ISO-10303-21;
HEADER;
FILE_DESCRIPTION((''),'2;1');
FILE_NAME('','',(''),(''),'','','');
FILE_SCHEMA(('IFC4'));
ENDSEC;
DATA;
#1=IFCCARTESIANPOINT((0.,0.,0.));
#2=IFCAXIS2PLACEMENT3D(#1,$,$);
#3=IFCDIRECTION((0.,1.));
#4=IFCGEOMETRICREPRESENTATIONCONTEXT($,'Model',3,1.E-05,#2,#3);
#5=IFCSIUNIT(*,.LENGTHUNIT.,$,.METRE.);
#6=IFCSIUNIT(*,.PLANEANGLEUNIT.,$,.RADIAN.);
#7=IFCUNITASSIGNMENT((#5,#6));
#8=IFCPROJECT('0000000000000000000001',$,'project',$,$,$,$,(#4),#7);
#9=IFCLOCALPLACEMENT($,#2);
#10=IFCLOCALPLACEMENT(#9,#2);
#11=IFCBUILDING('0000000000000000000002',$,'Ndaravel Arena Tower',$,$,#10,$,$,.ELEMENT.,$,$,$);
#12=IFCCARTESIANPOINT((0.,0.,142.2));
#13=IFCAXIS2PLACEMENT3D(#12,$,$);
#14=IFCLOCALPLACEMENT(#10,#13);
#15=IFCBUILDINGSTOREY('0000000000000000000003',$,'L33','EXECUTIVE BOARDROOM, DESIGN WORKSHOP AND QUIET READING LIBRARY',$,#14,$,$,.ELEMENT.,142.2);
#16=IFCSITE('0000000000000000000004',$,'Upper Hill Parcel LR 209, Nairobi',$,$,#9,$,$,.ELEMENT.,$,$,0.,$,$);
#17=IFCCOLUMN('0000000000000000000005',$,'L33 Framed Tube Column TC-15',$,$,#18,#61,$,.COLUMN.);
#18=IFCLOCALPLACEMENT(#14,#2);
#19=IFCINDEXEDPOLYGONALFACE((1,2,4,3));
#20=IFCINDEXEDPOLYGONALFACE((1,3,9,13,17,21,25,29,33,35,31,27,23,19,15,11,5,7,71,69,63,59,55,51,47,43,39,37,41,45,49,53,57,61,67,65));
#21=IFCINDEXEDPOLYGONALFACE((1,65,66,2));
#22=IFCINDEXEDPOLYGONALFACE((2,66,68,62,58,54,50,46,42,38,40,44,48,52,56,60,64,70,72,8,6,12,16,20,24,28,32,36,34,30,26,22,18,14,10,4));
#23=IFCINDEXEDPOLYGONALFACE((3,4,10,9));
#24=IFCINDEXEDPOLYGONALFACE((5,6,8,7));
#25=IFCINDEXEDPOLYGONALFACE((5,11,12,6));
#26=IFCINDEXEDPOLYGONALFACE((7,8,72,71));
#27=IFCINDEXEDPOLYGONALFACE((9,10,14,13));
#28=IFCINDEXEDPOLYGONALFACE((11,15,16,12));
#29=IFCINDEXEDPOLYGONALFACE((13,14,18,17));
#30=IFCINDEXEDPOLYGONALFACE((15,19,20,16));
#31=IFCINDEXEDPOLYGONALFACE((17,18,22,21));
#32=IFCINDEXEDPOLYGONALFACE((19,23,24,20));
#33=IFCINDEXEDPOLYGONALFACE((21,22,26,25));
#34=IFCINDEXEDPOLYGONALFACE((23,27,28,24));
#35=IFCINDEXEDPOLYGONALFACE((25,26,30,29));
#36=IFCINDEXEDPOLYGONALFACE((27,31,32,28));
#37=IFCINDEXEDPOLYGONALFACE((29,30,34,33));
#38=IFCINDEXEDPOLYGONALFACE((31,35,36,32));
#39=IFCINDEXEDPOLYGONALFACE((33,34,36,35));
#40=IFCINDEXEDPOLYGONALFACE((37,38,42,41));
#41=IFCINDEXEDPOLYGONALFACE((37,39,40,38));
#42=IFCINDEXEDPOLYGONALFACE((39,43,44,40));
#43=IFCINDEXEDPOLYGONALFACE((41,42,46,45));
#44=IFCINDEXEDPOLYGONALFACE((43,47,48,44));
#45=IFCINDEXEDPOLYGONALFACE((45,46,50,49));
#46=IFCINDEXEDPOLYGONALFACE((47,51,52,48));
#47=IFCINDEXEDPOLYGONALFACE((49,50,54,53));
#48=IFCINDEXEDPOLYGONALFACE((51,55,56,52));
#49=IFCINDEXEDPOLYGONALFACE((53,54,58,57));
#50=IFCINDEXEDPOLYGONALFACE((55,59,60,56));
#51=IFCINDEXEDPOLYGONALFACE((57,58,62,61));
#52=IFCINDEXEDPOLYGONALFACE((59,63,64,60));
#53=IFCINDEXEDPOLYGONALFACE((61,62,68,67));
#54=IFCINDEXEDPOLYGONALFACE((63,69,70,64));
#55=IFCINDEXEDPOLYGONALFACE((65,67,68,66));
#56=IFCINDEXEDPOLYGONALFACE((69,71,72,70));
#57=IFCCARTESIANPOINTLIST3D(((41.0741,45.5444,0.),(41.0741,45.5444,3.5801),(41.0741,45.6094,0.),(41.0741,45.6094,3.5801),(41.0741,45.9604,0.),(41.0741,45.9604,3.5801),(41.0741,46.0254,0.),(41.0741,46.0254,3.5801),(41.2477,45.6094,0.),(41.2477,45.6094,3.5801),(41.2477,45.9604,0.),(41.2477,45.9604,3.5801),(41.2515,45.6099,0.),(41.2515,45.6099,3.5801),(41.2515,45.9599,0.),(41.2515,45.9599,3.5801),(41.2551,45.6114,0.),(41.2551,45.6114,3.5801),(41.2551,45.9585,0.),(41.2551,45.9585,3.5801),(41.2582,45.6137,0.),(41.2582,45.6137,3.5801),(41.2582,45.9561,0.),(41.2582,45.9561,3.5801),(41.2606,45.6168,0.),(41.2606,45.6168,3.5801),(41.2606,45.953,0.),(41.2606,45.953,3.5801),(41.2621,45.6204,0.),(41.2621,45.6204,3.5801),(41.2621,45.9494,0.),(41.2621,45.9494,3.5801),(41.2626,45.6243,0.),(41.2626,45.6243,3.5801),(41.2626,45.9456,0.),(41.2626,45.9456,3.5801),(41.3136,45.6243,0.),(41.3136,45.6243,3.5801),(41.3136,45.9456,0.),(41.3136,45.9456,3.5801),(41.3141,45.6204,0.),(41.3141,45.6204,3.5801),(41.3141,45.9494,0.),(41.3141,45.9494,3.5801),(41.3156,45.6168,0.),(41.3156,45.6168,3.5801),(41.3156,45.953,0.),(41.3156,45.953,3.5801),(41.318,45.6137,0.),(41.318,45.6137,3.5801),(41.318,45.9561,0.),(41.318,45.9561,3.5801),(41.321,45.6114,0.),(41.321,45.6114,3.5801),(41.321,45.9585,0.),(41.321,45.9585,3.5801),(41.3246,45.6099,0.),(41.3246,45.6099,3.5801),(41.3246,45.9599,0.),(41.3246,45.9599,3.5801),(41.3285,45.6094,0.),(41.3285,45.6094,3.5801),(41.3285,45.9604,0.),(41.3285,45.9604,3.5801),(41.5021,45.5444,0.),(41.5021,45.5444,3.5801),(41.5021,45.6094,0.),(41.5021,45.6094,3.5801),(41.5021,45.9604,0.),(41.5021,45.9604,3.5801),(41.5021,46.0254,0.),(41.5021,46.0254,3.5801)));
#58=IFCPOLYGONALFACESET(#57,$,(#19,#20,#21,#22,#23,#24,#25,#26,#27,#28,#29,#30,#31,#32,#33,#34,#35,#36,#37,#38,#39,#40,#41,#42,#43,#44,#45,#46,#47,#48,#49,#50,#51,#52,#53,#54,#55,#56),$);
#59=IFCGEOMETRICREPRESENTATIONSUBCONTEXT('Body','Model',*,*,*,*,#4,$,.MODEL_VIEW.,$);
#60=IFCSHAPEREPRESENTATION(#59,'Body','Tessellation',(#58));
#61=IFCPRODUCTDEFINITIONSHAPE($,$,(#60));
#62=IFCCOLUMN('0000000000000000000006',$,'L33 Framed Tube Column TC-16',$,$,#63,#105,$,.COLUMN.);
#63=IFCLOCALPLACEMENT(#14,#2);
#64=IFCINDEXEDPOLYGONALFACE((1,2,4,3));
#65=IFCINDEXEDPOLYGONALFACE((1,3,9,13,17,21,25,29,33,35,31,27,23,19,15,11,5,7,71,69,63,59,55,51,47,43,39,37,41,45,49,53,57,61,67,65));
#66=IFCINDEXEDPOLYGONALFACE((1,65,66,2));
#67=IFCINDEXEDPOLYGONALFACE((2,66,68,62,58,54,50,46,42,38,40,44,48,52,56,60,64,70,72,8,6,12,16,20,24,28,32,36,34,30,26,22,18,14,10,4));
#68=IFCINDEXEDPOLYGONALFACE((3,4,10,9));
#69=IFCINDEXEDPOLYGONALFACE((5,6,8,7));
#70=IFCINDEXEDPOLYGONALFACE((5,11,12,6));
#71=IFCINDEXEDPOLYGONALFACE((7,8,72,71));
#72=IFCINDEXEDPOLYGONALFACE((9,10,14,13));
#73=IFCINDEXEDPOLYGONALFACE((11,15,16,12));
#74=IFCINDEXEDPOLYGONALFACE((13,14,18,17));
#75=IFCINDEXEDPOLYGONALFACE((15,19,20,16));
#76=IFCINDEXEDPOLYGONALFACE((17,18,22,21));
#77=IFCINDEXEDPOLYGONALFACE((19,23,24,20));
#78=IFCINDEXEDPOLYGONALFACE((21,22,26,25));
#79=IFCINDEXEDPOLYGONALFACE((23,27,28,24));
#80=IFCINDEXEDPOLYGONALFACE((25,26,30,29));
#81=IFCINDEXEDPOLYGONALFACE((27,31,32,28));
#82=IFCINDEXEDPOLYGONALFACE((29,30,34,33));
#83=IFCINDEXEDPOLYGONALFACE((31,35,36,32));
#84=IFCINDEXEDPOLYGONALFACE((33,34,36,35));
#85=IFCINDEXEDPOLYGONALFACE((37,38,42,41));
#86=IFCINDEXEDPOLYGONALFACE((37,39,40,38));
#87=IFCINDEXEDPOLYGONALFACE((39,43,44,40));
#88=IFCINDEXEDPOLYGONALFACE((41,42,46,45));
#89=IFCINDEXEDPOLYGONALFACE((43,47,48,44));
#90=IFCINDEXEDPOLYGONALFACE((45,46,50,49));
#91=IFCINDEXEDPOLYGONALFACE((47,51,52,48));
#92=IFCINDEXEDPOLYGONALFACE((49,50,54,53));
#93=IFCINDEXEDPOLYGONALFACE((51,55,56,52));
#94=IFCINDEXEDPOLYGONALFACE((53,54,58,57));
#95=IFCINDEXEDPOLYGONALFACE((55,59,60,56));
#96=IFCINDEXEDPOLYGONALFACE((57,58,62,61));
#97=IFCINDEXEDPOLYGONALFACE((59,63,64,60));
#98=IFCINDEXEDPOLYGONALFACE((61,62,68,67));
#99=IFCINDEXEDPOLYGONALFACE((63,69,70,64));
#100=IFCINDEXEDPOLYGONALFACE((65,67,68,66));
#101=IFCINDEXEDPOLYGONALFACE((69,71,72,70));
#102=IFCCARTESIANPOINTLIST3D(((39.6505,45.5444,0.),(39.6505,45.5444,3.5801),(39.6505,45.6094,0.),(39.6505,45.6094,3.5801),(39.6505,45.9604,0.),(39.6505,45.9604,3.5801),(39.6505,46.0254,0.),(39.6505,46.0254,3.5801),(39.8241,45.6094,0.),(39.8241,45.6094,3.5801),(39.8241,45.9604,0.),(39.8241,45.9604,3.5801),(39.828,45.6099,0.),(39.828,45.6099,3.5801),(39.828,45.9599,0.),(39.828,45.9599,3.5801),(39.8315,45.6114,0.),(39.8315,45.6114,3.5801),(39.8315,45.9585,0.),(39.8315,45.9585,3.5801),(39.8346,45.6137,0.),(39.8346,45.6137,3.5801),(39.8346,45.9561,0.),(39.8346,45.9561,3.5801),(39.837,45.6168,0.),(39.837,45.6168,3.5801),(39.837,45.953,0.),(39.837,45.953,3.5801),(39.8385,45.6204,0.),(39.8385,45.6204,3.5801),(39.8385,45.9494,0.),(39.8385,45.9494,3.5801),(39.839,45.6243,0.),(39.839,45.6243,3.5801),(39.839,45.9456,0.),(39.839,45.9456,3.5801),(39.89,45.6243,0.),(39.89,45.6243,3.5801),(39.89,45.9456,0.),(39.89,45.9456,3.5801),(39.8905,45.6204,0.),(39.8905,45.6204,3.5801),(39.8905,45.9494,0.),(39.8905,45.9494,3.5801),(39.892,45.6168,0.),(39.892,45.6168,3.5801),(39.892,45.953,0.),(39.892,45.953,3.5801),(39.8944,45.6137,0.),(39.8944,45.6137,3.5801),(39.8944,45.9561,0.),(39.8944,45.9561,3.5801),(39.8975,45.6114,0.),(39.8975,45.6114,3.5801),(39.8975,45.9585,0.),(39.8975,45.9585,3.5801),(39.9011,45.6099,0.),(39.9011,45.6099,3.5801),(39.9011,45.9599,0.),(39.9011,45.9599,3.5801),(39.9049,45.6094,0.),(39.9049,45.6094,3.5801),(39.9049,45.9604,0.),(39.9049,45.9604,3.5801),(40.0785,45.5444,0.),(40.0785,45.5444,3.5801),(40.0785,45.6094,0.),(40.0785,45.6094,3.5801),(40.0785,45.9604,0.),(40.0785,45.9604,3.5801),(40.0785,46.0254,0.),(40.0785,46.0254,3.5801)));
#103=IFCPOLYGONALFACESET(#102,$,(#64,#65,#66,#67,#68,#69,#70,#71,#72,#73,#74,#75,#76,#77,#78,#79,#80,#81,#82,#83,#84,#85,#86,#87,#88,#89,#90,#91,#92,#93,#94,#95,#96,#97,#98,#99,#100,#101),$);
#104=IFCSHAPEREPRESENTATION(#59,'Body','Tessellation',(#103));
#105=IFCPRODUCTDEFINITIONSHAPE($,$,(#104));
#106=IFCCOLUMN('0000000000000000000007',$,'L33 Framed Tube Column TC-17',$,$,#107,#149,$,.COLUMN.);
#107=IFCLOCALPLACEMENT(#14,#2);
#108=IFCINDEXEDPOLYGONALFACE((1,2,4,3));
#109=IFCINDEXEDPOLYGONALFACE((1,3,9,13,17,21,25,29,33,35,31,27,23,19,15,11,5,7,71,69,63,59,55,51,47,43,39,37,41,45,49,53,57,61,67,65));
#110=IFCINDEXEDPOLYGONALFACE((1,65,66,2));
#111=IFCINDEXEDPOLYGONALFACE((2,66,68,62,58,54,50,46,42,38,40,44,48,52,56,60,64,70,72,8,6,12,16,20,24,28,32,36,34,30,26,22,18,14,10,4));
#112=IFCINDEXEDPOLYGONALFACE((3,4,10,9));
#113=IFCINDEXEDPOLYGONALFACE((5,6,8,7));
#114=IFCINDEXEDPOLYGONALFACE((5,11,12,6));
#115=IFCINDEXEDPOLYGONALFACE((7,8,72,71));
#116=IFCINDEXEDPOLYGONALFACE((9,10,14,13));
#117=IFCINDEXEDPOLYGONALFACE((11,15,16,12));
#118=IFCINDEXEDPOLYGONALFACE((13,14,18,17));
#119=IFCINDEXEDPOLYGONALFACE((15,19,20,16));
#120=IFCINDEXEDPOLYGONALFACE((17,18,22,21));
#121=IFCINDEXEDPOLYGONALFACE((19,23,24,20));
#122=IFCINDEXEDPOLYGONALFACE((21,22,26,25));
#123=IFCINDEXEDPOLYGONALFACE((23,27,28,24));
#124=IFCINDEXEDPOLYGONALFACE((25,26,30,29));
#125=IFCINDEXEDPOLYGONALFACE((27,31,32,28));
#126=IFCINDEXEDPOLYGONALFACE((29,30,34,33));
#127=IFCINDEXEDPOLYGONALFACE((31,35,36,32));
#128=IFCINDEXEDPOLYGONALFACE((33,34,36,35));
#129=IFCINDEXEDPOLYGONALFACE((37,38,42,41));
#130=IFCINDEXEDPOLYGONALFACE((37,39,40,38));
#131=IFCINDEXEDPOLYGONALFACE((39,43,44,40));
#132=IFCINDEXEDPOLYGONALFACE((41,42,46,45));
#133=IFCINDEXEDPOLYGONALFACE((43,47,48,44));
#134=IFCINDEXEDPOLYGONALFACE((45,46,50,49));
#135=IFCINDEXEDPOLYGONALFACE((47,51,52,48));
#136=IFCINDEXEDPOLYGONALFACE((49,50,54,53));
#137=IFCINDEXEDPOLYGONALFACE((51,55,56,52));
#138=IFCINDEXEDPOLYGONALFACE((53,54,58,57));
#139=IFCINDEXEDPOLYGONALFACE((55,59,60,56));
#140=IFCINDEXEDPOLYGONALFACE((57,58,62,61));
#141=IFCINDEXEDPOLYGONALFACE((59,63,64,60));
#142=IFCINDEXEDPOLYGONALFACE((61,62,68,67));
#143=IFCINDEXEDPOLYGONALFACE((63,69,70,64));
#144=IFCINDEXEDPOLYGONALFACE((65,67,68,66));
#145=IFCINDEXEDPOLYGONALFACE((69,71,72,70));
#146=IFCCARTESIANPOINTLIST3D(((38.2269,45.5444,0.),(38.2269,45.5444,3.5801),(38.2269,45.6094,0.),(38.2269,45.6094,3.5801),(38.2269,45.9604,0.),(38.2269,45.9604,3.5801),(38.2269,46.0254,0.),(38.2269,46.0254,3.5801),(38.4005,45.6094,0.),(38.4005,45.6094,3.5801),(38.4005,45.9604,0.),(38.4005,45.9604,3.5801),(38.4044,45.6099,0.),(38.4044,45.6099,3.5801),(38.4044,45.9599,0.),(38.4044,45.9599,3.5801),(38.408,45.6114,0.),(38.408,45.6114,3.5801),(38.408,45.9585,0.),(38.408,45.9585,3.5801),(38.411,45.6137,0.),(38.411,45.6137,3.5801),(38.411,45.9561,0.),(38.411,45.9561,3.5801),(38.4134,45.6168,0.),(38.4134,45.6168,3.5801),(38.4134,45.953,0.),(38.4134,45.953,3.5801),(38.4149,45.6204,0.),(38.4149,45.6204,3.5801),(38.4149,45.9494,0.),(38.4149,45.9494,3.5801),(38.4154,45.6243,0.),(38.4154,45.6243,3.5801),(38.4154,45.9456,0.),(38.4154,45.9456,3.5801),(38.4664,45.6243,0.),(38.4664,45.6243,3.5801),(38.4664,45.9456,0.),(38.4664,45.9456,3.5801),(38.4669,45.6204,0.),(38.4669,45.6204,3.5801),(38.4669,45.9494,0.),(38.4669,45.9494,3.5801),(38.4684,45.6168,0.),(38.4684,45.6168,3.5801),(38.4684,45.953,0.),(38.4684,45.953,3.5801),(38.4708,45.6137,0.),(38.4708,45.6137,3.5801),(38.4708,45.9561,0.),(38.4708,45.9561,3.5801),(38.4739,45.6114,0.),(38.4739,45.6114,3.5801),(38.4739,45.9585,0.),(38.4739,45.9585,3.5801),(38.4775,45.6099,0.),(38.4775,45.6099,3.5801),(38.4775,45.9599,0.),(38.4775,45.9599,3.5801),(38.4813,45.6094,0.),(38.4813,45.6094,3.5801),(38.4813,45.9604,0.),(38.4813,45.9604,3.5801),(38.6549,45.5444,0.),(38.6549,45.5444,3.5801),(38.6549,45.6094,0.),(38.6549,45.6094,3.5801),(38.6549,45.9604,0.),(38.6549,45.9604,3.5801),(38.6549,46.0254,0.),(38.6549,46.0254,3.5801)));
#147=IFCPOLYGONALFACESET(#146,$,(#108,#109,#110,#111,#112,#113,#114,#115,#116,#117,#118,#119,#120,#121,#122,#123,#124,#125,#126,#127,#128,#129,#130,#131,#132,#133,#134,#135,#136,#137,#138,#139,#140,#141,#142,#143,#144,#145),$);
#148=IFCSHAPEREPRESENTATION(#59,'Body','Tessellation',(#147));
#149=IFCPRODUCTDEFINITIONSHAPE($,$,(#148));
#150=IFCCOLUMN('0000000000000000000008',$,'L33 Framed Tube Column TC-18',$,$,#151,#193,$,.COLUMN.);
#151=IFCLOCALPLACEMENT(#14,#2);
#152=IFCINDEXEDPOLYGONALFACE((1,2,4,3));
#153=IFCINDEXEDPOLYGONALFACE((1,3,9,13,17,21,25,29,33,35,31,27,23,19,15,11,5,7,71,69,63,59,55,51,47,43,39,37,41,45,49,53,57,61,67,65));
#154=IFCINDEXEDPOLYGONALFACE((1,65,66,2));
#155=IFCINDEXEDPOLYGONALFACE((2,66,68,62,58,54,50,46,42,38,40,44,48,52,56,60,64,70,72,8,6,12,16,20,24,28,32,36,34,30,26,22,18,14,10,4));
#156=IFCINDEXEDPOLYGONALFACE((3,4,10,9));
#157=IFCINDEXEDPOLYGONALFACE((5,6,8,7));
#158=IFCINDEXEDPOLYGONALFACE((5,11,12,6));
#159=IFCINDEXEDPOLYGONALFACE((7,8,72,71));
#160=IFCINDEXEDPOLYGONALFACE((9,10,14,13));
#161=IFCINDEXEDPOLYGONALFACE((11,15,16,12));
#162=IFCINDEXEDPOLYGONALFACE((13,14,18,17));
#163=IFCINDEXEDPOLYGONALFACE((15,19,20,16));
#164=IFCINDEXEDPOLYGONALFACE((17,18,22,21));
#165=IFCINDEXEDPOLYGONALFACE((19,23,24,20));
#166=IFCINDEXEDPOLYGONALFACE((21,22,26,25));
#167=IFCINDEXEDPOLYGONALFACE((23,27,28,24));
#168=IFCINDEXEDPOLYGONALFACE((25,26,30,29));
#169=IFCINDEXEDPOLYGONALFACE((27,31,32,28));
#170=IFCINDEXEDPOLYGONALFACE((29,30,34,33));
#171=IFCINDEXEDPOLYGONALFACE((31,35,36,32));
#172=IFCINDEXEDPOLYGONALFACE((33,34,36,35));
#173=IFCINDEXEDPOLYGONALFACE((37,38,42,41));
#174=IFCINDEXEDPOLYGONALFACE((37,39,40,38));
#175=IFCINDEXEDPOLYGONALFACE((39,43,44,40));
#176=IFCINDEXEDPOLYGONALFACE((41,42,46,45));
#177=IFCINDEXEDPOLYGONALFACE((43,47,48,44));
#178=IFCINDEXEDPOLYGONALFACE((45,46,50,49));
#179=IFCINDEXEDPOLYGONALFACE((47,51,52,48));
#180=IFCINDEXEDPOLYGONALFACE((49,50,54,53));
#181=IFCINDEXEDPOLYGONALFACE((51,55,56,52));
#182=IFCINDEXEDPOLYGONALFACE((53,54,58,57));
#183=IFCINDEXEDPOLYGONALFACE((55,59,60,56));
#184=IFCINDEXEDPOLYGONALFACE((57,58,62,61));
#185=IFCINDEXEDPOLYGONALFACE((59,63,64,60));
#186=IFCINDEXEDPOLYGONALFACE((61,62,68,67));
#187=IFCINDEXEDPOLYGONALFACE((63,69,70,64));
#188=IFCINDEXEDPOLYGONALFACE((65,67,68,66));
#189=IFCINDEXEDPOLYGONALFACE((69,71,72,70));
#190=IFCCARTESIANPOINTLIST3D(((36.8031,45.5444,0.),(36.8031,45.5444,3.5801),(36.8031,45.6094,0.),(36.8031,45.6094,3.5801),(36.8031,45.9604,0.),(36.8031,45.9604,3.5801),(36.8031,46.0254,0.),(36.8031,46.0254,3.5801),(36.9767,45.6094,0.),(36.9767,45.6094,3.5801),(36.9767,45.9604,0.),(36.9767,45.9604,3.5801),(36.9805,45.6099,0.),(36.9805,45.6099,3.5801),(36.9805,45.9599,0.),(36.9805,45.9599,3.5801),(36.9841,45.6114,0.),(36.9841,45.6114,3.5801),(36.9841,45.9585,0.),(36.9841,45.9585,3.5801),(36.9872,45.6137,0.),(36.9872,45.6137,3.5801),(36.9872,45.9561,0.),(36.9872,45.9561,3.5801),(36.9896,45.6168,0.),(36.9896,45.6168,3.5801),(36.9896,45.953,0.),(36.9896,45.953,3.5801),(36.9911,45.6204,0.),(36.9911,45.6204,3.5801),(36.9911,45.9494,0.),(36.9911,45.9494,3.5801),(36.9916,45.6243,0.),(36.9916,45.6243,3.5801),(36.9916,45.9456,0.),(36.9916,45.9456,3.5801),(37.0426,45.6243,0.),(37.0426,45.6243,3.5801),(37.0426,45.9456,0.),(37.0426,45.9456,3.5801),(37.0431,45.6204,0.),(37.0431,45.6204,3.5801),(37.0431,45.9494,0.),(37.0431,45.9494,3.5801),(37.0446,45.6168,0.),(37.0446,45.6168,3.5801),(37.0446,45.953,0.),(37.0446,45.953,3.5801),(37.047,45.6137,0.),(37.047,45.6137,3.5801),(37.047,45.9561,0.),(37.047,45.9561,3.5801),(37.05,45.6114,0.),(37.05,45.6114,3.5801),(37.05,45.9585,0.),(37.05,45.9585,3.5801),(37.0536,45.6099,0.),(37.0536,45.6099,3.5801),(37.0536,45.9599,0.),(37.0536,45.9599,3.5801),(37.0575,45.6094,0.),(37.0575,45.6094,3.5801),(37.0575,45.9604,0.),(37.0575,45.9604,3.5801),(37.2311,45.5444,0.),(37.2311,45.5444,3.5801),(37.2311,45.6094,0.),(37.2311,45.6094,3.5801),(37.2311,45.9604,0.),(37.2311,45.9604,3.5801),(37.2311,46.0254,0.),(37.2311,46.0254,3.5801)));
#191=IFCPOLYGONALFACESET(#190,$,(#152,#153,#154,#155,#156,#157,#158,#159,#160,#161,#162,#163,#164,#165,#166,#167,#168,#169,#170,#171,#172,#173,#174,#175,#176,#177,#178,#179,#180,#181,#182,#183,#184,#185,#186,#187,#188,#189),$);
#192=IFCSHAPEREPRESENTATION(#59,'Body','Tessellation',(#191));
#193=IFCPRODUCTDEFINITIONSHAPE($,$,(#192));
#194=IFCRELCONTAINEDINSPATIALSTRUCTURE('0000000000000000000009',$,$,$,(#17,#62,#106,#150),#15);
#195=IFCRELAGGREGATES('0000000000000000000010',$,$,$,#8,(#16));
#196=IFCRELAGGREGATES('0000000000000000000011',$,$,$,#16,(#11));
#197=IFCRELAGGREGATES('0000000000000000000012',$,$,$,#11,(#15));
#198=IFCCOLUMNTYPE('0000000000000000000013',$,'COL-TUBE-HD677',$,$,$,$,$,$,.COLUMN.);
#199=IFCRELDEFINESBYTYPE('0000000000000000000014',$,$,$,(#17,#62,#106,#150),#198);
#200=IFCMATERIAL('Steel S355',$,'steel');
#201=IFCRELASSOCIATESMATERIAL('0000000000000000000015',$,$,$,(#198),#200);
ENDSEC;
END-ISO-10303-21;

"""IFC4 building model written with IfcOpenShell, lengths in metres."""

from ifc_helpers import new_model, si_unit, direction, frame, origin, origin_2d, place, context, subcontext, project, spatial, i_section, extrude, material, material_profile, profile_set, type_object, element, save


model = new_model("IFC4")

# Units and contexts
model_context = context("Model", 3, precision=1e-05, world=origin(), true_north=direction((0.0, 1.0)))
body_context = subcontext(model_context, "Body", "Model", "MODEL_VIEW")
ifc_project = project(units=[si_unit("LENGTHUNIT", "METRE"), si_unit("PLANEANGLEUNIT", "RADIAN")], contexts=[model_context])

# Site, building, storey
site_placement = place(None, origin())
site = spatial("IfcSite", under=ifc_project, at=site_placement, Name="Upper Hill Parcel LR 209, Nairobi", CompositionType="ELEMENT", RefElevation=0.0)
building_placement = place(site_placement, origin())
building = spatial("IfcBuilding", under=site, at=building_placement, Name="Ndaravel Arena Tower", CompositionType="ELEMENT")
storey_placement = place(building_placement, frame((0.0, 0.0, 142.2)))
storey = spatial("IfcBuildingStorey", under=building, at=storey_placement, Name="L33", Description="EXECUTIVE BOARDROOM, DESIGN WORKSHOP AND QUIET READING LIBRARY", CompositionType="ELEMENT", Elevation=142.2)

# Columns
ifc_material_1 = material(Name="Steel S355", Category="steel")
ifc_material_profile_1 = material_profile(ifc_material_1, i_section(OverallWidth=0.428, OverallDepth=0.481, WebThickness=0.051, FlangeThickness=0.0649, FilletRadius=0.0149, at=origin_2d()), Name="HD 400x677")
ifc_profile_set_1 = profile_set([ifc_material_profile_1], Name="Steel S355")
column_type = type_object("IfcColumnType", Name="COL-TUBE-HD677", PredefinedType="COLUMN", material=ifc_profile_set_1)
for number, where, z_axis, x_axis, name in (
    (1, (41.2881, 45.7849, 0.0), (0.0, 0.0, 1.0), (1.0, 0.0, 0.0), "L33 Framed Tube Column TC-15"),
    (2, (39.8645, 45.7849, 0.0), (0.0, 0.0, 1.0), (1.0, 0.0, 0.0), "L33 Framed Tube Column TC-16"),
    (3, (38.4409, 45.7849, 0.0), (0.0, 0.0, 1.0), (1.0, 0.0, 0.0), "L33 Framed Tube Column TC-17"),
    (4, (37.0171, 45.7849, 0.0), (0.0, 0.0, 1.0), (1.0, 0.0, 0.0), "L33 Framed Tube Column TC-18"),
):
    element("IfcColumn", number, at=place(storey_placement, frame(where, z_axis=z_axis, x_axis=x_axis)), inside=storey, type_object=column_type, Name=name, PredefinedType="COLUMN", context=body_context, shape_type="SweptSolid", body=[
        extrude(i_section(OverallWidth=0.428, OverallDepth=0.481, WebThickness=0.051, FlangeThickness=0.0649, FilletRadius=0.0149, at=origin_2d()), origin(), (0.0, 0.0, 1.0), 3.5801),
    ])

save(model, "model.ifc")
